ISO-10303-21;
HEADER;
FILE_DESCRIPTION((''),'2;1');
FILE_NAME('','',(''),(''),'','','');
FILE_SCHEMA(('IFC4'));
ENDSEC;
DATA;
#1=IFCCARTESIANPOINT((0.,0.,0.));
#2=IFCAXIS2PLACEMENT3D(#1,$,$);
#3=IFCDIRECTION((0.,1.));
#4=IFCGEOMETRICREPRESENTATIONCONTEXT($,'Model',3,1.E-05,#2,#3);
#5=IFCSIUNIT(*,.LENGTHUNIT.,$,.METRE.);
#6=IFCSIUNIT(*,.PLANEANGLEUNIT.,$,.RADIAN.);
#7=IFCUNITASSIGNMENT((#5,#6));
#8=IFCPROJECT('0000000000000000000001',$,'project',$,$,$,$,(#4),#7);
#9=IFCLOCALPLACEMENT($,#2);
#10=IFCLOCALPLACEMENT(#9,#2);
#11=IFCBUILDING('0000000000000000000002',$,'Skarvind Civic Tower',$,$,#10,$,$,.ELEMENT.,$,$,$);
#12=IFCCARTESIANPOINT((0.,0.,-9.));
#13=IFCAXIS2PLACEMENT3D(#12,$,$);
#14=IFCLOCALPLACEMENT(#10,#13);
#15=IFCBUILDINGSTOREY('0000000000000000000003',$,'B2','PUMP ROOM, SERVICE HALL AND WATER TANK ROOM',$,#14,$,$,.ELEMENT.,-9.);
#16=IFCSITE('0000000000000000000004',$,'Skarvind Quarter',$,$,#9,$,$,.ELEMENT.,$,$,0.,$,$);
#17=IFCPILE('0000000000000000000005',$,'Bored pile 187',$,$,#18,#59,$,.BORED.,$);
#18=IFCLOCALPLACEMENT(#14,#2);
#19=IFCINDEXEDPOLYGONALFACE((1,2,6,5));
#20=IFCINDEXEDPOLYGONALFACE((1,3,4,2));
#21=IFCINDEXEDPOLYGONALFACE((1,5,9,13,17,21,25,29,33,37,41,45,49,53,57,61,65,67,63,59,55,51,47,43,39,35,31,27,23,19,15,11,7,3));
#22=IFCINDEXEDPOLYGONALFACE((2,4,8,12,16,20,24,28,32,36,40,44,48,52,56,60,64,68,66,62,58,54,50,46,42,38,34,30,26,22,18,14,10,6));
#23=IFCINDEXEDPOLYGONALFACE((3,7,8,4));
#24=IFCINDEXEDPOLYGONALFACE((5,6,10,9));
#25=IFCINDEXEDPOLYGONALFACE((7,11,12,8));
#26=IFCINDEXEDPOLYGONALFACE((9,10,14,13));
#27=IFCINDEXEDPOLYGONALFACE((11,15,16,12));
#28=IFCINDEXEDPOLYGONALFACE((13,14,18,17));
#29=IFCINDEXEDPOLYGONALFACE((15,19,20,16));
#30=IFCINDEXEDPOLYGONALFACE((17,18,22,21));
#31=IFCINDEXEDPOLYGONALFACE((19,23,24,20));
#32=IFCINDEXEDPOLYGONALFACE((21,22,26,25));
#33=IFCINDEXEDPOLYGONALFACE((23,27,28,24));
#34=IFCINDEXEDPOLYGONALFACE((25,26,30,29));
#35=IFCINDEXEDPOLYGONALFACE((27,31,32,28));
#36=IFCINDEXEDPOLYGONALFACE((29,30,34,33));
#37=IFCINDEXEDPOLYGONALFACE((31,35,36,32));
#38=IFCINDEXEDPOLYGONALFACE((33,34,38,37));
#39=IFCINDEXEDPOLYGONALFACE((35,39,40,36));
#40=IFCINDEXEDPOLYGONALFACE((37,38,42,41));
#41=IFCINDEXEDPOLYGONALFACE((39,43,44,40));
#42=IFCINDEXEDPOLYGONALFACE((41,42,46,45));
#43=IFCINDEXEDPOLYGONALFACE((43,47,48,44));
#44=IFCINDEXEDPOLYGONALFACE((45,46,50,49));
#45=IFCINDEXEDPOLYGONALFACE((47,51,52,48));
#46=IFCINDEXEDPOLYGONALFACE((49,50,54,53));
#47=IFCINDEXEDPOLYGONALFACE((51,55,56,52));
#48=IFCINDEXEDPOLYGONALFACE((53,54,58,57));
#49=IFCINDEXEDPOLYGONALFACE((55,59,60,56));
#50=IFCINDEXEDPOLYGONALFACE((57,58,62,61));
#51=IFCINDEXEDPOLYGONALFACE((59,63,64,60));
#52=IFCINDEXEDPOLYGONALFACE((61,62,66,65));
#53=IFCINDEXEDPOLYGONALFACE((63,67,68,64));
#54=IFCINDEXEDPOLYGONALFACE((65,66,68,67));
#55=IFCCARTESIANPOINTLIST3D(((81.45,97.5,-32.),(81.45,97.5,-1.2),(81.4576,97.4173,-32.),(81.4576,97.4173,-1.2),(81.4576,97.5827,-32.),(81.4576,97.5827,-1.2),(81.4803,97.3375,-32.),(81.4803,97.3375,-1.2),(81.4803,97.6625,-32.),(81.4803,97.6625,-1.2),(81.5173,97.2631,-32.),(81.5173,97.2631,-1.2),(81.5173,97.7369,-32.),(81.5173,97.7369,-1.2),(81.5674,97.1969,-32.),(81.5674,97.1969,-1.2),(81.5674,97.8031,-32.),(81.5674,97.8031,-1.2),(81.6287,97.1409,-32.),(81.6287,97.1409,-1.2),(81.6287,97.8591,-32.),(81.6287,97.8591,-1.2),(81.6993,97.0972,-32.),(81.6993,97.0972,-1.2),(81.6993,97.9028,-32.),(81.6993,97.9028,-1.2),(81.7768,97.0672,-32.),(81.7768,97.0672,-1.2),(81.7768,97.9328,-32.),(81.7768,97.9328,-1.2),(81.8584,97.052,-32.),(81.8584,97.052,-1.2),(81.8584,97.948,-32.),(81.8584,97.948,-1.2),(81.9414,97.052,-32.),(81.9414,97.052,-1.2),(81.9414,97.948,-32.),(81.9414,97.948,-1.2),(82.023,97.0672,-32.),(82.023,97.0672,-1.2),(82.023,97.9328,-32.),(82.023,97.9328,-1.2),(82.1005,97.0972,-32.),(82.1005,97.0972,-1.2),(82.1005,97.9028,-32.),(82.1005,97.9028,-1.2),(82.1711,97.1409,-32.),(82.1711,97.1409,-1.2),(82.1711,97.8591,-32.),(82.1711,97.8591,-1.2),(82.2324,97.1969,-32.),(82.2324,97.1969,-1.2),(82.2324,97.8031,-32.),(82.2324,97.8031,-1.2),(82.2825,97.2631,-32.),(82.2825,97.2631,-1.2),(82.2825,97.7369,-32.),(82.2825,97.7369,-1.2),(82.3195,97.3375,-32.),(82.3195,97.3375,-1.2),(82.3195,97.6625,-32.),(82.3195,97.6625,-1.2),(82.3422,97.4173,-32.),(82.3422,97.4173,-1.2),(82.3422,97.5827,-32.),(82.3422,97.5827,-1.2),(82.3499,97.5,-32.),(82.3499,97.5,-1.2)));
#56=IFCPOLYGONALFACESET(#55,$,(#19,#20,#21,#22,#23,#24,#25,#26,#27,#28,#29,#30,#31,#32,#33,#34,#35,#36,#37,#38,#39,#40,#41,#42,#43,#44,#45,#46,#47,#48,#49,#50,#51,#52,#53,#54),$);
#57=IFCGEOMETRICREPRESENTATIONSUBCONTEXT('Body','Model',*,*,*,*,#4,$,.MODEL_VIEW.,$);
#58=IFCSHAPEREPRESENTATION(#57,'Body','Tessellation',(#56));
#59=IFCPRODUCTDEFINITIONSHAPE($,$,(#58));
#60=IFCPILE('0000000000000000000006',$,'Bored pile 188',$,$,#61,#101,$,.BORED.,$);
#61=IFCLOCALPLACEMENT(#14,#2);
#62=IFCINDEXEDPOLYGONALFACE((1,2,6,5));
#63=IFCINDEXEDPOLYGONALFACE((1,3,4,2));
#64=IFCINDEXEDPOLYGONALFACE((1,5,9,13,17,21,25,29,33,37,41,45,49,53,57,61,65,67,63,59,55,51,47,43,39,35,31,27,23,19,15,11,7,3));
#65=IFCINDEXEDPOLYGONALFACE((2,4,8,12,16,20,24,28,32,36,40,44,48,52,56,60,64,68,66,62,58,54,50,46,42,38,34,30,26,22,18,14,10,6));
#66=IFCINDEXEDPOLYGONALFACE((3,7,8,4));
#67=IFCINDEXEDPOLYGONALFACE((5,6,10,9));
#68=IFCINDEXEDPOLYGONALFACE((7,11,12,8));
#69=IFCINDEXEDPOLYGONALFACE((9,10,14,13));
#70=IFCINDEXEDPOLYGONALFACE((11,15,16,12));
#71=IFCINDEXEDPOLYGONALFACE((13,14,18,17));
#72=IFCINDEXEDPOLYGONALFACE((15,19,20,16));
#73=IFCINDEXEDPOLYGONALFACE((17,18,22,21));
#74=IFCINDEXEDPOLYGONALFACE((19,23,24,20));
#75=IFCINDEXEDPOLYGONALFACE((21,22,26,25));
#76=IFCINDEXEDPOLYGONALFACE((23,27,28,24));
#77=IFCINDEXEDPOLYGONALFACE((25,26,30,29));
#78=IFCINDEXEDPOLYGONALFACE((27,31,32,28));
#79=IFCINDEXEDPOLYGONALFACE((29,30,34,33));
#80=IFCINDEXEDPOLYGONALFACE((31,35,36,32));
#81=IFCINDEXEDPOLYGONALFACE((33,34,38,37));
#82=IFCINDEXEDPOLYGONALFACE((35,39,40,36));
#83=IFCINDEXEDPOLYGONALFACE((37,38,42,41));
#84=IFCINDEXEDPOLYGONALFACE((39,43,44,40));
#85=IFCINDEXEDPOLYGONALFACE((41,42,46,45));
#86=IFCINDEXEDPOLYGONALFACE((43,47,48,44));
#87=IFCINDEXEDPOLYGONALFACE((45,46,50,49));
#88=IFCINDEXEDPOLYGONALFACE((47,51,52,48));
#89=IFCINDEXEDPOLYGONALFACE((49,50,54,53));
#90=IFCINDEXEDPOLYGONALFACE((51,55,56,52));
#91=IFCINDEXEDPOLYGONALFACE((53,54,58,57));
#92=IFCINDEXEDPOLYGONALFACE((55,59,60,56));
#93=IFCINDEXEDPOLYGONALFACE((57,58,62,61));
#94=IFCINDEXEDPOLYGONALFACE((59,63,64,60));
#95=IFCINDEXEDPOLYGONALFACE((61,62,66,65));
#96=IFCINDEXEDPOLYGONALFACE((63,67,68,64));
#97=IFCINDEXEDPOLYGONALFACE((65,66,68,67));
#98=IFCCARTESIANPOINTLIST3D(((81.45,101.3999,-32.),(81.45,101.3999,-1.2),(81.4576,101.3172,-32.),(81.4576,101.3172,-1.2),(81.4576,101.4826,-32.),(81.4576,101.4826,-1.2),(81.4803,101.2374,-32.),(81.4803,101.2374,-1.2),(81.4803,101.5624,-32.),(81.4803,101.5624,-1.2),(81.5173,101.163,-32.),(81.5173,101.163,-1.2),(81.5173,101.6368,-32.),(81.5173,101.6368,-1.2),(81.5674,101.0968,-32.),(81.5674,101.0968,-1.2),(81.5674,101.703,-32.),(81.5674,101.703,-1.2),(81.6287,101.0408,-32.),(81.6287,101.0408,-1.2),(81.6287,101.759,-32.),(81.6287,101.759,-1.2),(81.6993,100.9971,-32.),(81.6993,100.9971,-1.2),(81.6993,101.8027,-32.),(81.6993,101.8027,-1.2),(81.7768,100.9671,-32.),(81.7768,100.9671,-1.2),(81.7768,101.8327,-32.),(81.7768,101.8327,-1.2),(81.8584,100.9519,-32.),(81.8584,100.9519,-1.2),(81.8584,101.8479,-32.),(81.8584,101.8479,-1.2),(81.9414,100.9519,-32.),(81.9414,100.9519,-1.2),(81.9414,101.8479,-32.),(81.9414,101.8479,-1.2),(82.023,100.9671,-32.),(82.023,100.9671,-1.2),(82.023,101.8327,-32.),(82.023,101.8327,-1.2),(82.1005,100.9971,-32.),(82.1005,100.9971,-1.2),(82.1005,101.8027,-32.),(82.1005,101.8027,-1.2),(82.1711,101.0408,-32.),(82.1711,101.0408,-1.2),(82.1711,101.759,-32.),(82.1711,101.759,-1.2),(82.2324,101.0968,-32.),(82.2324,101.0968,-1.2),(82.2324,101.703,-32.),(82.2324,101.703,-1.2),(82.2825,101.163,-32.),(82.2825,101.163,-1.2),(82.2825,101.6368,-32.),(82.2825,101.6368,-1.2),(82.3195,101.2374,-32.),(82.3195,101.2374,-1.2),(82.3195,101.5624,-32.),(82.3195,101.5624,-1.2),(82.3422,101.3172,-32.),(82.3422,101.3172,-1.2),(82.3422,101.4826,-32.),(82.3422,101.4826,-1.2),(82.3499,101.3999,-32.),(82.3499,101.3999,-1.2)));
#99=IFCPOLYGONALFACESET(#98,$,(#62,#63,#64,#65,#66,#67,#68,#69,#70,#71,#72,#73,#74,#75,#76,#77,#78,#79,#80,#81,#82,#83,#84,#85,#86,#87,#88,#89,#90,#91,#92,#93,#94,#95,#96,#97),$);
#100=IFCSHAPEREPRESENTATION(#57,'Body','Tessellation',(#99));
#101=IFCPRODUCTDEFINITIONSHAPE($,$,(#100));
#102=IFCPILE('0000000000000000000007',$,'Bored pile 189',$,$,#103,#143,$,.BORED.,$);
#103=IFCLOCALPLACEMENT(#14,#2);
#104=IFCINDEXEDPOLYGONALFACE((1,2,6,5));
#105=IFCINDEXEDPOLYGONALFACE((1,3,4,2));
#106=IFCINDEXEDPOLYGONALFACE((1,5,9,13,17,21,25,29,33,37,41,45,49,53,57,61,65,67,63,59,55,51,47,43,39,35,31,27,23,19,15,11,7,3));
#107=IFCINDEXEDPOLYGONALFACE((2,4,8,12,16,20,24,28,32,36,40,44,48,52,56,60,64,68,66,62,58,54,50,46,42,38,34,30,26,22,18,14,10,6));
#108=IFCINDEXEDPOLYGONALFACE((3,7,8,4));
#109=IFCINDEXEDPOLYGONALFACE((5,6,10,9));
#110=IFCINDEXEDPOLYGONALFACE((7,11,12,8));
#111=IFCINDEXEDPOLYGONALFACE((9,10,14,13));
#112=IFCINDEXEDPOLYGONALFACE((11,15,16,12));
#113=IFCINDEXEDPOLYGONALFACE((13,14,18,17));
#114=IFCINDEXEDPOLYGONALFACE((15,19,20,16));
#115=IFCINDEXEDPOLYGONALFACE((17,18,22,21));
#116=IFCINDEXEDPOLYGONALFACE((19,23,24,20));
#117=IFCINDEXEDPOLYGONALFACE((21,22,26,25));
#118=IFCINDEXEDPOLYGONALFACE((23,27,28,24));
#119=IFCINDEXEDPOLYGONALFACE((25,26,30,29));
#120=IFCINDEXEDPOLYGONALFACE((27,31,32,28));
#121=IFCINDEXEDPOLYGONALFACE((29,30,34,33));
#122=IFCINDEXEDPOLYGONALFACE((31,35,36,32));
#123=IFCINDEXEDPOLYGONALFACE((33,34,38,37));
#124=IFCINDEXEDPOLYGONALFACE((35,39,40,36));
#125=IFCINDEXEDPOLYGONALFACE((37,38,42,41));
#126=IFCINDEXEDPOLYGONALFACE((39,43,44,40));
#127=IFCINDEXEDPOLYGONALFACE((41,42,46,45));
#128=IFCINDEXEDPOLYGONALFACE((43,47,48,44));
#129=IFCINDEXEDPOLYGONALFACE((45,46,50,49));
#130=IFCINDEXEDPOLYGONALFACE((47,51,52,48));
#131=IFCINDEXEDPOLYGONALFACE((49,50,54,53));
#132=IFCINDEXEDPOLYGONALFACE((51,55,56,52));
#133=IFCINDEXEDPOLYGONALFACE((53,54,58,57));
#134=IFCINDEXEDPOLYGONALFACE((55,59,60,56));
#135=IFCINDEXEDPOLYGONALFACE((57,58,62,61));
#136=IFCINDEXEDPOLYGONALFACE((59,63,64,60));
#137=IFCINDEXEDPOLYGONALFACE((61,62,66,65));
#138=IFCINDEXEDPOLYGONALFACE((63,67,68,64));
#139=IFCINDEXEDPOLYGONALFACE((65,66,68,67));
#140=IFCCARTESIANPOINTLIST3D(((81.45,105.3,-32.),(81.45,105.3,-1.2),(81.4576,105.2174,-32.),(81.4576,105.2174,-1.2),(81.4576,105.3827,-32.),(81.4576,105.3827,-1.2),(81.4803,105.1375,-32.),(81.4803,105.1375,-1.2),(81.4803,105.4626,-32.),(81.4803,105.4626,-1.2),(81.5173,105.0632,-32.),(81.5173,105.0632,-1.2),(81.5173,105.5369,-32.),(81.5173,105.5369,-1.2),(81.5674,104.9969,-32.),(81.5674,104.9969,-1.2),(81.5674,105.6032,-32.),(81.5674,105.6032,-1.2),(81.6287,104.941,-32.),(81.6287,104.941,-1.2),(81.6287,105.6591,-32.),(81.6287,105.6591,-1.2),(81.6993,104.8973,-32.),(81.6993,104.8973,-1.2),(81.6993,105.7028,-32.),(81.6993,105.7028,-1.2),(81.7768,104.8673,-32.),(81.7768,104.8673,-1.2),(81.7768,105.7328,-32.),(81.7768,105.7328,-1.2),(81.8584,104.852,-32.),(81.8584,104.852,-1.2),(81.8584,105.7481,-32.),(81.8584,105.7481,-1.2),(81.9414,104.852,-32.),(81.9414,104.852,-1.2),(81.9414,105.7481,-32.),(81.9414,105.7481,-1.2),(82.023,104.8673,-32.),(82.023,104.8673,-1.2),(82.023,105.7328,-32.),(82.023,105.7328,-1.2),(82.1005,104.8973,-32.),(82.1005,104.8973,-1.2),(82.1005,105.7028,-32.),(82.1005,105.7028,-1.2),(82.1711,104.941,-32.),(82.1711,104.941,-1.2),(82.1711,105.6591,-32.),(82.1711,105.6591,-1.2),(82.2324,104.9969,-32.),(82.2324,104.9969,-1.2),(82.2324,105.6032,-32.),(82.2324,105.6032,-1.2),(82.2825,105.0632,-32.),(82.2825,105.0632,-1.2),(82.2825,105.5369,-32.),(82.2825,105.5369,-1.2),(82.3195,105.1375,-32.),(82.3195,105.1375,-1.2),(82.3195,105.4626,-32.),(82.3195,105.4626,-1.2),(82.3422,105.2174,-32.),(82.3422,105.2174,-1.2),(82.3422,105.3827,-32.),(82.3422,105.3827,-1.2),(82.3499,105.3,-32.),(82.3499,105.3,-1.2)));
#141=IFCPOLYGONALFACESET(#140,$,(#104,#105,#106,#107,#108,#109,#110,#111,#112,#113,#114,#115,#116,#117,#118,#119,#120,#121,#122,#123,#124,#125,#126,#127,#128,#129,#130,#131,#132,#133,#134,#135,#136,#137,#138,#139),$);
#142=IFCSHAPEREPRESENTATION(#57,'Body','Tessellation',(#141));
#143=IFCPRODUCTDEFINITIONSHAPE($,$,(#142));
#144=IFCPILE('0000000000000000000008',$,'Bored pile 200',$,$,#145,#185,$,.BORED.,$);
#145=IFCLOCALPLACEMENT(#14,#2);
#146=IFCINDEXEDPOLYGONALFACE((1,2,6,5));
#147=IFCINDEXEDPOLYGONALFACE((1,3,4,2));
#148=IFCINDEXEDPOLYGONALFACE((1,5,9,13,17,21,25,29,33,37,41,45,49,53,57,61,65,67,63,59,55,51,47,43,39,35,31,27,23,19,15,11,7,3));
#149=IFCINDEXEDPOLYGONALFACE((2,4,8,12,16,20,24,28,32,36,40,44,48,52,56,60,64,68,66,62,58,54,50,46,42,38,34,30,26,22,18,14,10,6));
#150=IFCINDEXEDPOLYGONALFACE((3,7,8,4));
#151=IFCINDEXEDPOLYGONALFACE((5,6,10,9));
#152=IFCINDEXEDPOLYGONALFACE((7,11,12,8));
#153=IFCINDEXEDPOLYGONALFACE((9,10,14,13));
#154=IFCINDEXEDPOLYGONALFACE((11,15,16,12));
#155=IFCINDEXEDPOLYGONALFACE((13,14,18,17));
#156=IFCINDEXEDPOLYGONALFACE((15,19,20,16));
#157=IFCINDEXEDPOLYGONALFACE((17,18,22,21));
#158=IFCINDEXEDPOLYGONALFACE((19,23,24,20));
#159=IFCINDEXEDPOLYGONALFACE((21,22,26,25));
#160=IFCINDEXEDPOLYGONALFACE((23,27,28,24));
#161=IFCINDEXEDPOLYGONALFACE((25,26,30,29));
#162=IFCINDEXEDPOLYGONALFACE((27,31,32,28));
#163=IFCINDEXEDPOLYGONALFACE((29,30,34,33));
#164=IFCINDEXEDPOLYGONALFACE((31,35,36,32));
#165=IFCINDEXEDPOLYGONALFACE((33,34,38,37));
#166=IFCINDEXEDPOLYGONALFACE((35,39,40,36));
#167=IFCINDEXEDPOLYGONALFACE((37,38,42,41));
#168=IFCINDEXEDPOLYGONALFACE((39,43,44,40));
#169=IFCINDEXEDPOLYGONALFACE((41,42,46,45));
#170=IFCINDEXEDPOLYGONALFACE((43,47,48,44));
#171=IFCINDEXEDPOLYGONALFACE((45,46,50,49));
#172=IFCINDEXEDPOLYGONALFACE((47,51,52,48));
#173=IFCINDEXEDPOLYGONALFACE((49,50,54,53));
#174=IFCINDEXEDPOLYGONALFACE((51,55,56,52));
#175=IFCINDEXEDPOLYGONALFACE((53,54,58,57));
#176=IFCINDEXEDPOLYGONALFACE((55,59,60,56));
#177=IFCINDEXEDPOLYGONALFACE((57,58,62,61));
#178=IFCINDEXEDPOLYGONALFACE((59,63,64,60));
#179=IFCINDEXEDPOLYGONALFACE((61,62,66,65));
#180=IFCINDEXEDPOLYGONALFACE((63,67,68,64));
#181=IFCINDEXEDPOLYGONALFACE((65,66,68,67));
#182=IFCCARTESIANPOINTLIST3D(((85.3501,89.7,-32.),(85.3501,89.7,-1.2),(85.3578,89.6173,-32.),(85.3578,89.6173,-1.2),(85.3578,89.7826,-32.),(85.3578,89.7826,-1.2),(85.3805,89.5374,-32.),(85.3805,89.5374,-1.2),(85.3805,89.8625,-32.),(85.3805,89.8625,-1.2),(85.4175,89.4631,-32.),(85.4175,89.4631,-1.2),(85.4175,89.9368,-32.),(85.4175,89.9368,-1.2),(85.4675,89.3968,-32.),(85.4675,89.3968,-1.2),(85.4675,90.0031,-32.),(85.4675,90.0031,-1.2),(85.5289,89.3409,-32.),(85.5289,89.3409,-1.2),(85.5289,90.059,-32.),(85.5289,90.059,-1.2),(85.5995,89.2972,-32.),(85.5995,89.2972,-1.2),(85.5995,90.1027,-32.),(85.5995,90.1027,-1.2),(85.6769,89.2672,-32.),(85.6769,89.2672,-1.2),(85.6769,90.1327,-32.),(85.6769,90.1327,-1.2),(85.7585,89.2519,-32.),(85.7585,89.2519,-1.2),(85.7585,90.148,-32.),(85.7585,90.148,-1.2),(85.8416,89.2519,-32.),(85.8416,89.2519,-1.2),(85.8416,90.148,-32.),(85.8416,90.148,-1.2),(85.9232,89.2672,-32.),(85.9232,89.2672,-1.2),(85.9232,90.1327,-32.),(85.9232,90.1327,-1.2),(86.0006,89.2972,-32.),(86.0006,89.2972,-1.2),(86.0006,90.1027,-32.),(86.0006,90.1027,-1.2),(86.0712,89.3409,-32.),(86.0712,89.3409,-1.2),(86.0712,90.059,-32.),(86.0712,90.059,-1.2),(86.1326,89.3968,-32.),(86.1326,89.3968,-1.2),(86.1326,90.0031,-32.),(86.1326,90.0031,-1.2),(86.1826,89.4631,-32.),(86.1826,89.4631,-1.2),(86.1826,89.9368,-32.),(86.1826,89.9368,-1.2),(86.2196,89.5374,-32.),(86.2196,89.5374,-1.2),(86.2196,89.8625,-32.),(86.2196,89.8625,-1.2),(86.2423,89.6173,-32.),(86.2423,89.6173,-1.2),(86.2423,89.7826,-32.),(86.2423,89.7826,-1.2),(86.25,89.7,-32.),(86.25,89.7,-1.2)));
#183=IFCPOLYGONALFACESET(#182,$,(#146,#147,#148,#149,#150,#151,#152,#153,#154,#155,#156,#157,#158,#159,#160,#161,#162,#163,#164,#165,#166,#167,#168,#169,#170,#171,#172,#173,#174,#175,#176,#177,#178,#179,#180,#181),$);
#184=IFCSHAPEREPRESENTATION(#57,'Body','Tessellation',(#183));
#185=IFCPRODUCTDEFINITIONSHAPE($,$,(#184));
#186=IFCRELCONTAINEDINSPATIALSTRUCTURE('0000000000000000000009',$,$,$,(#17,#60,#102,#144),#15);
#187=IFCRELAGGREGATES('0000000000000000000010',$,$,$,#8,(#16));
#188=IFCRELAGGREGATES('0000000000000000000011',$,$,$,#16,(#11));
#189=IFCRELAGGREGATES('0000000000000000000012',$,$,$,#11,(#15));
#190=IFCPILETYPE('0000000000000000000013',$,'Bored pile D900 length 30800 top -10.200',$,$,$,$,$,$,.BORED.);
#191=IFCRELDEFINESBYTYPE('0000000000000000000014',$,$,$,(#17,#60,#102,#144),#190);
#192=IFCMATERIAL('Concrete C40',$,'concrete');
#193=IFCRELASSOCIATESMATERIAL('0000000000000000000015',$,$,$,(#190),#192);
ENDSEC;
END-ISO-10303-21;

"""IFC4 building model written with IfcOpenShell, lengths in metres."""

from ifc_helpers import new_model, si_unit, direction, frame, origin, origin_2d, place, context, subcontext, project, spatial, circle, extrude, material, type_object, element, save


model = new_model("IFC4")

# Units and contexts
model_context = context("Model", 3, precision=1e-05, world=origin(), true_north=direction((0.0, 1.0)))
body_context = subcontext(model_context, "Body", "Model", "MODEL_VIEW")
ifc_project = project(units=[si_unit("LENGTHUNIT", "METRE"), si_unit("PLANEANGLEUNIT", "RADIAN")], contexts=[model_context])

# Site, building, storey
site_placement = place(None, origin())
site = spatial("IfcSite", under=ifc_project, at=site_placement, Name="Skarvind Quarter", CompositionType="ELEMENT", RefElevation=0.0)
building_placement = place(site_placement, origin())
building = spatial("IfcBuilding", under=site, at=building_placement, Name="Skarvind Civic Tower", CompositionType="ELEMENT")
storey_placement = place(building_placement, frame((0.0, 0.0, -9.0)))
storey = spatial("IfcBuildingStorey", under=building, at=storey_placement, Name="B2", Description="PUMP ROOM, SERVICE HALL AND WATER TANK ROOM", CompositionType="ELEMENT", Elevation=-9.0)

# Piles
ifc_material_1 = material(Name="Concrete C40", Category="concrete")
pile_type = type_object("IfcPileType", Name="Bored pile D900 length 30800 top -10.200", PredefinedType="BORED", material=ifc_material_1)
for number, where, z_axis, x_axis, name in (
    (1, (81.8999, 97.5, -1.2), (0.0, 0.0, -1.0), (1.0, 0.0, 0.0), "Bored pile 187"),
    (2, (81.8999, 101.3999, -1.2), (0.0, 0.0, -1.0), (1.0, 0.0, 0.0), "Bored pile 188"),
    (3, (81.8999, 105.3, -1.2), (0.0, 0.0, -1.0), (1.0, 0.0, 0.0), "Bored pile 189"),
    (4, (85.8, 89.7, -1.2), (0.0, 0.0, -1.0), (1.0, 0.0, 0.0), "Bored pile 200"),
):
    element("IfcPile", number, at=place(storey_placement, frame(where, z_axis=z_axis, x_axis=x_axis)), inside=storey, type_object=pile_type, Name=name, PredefinedType="BORED", context=body_context, shape_type="SweptSolid", body=[
        extrude(circle(Radius=0.45, at=origin_2d()), origin(), (0.0, 0.0, 1.0), 30.8),
    ])

save(model, "model.ifc")
